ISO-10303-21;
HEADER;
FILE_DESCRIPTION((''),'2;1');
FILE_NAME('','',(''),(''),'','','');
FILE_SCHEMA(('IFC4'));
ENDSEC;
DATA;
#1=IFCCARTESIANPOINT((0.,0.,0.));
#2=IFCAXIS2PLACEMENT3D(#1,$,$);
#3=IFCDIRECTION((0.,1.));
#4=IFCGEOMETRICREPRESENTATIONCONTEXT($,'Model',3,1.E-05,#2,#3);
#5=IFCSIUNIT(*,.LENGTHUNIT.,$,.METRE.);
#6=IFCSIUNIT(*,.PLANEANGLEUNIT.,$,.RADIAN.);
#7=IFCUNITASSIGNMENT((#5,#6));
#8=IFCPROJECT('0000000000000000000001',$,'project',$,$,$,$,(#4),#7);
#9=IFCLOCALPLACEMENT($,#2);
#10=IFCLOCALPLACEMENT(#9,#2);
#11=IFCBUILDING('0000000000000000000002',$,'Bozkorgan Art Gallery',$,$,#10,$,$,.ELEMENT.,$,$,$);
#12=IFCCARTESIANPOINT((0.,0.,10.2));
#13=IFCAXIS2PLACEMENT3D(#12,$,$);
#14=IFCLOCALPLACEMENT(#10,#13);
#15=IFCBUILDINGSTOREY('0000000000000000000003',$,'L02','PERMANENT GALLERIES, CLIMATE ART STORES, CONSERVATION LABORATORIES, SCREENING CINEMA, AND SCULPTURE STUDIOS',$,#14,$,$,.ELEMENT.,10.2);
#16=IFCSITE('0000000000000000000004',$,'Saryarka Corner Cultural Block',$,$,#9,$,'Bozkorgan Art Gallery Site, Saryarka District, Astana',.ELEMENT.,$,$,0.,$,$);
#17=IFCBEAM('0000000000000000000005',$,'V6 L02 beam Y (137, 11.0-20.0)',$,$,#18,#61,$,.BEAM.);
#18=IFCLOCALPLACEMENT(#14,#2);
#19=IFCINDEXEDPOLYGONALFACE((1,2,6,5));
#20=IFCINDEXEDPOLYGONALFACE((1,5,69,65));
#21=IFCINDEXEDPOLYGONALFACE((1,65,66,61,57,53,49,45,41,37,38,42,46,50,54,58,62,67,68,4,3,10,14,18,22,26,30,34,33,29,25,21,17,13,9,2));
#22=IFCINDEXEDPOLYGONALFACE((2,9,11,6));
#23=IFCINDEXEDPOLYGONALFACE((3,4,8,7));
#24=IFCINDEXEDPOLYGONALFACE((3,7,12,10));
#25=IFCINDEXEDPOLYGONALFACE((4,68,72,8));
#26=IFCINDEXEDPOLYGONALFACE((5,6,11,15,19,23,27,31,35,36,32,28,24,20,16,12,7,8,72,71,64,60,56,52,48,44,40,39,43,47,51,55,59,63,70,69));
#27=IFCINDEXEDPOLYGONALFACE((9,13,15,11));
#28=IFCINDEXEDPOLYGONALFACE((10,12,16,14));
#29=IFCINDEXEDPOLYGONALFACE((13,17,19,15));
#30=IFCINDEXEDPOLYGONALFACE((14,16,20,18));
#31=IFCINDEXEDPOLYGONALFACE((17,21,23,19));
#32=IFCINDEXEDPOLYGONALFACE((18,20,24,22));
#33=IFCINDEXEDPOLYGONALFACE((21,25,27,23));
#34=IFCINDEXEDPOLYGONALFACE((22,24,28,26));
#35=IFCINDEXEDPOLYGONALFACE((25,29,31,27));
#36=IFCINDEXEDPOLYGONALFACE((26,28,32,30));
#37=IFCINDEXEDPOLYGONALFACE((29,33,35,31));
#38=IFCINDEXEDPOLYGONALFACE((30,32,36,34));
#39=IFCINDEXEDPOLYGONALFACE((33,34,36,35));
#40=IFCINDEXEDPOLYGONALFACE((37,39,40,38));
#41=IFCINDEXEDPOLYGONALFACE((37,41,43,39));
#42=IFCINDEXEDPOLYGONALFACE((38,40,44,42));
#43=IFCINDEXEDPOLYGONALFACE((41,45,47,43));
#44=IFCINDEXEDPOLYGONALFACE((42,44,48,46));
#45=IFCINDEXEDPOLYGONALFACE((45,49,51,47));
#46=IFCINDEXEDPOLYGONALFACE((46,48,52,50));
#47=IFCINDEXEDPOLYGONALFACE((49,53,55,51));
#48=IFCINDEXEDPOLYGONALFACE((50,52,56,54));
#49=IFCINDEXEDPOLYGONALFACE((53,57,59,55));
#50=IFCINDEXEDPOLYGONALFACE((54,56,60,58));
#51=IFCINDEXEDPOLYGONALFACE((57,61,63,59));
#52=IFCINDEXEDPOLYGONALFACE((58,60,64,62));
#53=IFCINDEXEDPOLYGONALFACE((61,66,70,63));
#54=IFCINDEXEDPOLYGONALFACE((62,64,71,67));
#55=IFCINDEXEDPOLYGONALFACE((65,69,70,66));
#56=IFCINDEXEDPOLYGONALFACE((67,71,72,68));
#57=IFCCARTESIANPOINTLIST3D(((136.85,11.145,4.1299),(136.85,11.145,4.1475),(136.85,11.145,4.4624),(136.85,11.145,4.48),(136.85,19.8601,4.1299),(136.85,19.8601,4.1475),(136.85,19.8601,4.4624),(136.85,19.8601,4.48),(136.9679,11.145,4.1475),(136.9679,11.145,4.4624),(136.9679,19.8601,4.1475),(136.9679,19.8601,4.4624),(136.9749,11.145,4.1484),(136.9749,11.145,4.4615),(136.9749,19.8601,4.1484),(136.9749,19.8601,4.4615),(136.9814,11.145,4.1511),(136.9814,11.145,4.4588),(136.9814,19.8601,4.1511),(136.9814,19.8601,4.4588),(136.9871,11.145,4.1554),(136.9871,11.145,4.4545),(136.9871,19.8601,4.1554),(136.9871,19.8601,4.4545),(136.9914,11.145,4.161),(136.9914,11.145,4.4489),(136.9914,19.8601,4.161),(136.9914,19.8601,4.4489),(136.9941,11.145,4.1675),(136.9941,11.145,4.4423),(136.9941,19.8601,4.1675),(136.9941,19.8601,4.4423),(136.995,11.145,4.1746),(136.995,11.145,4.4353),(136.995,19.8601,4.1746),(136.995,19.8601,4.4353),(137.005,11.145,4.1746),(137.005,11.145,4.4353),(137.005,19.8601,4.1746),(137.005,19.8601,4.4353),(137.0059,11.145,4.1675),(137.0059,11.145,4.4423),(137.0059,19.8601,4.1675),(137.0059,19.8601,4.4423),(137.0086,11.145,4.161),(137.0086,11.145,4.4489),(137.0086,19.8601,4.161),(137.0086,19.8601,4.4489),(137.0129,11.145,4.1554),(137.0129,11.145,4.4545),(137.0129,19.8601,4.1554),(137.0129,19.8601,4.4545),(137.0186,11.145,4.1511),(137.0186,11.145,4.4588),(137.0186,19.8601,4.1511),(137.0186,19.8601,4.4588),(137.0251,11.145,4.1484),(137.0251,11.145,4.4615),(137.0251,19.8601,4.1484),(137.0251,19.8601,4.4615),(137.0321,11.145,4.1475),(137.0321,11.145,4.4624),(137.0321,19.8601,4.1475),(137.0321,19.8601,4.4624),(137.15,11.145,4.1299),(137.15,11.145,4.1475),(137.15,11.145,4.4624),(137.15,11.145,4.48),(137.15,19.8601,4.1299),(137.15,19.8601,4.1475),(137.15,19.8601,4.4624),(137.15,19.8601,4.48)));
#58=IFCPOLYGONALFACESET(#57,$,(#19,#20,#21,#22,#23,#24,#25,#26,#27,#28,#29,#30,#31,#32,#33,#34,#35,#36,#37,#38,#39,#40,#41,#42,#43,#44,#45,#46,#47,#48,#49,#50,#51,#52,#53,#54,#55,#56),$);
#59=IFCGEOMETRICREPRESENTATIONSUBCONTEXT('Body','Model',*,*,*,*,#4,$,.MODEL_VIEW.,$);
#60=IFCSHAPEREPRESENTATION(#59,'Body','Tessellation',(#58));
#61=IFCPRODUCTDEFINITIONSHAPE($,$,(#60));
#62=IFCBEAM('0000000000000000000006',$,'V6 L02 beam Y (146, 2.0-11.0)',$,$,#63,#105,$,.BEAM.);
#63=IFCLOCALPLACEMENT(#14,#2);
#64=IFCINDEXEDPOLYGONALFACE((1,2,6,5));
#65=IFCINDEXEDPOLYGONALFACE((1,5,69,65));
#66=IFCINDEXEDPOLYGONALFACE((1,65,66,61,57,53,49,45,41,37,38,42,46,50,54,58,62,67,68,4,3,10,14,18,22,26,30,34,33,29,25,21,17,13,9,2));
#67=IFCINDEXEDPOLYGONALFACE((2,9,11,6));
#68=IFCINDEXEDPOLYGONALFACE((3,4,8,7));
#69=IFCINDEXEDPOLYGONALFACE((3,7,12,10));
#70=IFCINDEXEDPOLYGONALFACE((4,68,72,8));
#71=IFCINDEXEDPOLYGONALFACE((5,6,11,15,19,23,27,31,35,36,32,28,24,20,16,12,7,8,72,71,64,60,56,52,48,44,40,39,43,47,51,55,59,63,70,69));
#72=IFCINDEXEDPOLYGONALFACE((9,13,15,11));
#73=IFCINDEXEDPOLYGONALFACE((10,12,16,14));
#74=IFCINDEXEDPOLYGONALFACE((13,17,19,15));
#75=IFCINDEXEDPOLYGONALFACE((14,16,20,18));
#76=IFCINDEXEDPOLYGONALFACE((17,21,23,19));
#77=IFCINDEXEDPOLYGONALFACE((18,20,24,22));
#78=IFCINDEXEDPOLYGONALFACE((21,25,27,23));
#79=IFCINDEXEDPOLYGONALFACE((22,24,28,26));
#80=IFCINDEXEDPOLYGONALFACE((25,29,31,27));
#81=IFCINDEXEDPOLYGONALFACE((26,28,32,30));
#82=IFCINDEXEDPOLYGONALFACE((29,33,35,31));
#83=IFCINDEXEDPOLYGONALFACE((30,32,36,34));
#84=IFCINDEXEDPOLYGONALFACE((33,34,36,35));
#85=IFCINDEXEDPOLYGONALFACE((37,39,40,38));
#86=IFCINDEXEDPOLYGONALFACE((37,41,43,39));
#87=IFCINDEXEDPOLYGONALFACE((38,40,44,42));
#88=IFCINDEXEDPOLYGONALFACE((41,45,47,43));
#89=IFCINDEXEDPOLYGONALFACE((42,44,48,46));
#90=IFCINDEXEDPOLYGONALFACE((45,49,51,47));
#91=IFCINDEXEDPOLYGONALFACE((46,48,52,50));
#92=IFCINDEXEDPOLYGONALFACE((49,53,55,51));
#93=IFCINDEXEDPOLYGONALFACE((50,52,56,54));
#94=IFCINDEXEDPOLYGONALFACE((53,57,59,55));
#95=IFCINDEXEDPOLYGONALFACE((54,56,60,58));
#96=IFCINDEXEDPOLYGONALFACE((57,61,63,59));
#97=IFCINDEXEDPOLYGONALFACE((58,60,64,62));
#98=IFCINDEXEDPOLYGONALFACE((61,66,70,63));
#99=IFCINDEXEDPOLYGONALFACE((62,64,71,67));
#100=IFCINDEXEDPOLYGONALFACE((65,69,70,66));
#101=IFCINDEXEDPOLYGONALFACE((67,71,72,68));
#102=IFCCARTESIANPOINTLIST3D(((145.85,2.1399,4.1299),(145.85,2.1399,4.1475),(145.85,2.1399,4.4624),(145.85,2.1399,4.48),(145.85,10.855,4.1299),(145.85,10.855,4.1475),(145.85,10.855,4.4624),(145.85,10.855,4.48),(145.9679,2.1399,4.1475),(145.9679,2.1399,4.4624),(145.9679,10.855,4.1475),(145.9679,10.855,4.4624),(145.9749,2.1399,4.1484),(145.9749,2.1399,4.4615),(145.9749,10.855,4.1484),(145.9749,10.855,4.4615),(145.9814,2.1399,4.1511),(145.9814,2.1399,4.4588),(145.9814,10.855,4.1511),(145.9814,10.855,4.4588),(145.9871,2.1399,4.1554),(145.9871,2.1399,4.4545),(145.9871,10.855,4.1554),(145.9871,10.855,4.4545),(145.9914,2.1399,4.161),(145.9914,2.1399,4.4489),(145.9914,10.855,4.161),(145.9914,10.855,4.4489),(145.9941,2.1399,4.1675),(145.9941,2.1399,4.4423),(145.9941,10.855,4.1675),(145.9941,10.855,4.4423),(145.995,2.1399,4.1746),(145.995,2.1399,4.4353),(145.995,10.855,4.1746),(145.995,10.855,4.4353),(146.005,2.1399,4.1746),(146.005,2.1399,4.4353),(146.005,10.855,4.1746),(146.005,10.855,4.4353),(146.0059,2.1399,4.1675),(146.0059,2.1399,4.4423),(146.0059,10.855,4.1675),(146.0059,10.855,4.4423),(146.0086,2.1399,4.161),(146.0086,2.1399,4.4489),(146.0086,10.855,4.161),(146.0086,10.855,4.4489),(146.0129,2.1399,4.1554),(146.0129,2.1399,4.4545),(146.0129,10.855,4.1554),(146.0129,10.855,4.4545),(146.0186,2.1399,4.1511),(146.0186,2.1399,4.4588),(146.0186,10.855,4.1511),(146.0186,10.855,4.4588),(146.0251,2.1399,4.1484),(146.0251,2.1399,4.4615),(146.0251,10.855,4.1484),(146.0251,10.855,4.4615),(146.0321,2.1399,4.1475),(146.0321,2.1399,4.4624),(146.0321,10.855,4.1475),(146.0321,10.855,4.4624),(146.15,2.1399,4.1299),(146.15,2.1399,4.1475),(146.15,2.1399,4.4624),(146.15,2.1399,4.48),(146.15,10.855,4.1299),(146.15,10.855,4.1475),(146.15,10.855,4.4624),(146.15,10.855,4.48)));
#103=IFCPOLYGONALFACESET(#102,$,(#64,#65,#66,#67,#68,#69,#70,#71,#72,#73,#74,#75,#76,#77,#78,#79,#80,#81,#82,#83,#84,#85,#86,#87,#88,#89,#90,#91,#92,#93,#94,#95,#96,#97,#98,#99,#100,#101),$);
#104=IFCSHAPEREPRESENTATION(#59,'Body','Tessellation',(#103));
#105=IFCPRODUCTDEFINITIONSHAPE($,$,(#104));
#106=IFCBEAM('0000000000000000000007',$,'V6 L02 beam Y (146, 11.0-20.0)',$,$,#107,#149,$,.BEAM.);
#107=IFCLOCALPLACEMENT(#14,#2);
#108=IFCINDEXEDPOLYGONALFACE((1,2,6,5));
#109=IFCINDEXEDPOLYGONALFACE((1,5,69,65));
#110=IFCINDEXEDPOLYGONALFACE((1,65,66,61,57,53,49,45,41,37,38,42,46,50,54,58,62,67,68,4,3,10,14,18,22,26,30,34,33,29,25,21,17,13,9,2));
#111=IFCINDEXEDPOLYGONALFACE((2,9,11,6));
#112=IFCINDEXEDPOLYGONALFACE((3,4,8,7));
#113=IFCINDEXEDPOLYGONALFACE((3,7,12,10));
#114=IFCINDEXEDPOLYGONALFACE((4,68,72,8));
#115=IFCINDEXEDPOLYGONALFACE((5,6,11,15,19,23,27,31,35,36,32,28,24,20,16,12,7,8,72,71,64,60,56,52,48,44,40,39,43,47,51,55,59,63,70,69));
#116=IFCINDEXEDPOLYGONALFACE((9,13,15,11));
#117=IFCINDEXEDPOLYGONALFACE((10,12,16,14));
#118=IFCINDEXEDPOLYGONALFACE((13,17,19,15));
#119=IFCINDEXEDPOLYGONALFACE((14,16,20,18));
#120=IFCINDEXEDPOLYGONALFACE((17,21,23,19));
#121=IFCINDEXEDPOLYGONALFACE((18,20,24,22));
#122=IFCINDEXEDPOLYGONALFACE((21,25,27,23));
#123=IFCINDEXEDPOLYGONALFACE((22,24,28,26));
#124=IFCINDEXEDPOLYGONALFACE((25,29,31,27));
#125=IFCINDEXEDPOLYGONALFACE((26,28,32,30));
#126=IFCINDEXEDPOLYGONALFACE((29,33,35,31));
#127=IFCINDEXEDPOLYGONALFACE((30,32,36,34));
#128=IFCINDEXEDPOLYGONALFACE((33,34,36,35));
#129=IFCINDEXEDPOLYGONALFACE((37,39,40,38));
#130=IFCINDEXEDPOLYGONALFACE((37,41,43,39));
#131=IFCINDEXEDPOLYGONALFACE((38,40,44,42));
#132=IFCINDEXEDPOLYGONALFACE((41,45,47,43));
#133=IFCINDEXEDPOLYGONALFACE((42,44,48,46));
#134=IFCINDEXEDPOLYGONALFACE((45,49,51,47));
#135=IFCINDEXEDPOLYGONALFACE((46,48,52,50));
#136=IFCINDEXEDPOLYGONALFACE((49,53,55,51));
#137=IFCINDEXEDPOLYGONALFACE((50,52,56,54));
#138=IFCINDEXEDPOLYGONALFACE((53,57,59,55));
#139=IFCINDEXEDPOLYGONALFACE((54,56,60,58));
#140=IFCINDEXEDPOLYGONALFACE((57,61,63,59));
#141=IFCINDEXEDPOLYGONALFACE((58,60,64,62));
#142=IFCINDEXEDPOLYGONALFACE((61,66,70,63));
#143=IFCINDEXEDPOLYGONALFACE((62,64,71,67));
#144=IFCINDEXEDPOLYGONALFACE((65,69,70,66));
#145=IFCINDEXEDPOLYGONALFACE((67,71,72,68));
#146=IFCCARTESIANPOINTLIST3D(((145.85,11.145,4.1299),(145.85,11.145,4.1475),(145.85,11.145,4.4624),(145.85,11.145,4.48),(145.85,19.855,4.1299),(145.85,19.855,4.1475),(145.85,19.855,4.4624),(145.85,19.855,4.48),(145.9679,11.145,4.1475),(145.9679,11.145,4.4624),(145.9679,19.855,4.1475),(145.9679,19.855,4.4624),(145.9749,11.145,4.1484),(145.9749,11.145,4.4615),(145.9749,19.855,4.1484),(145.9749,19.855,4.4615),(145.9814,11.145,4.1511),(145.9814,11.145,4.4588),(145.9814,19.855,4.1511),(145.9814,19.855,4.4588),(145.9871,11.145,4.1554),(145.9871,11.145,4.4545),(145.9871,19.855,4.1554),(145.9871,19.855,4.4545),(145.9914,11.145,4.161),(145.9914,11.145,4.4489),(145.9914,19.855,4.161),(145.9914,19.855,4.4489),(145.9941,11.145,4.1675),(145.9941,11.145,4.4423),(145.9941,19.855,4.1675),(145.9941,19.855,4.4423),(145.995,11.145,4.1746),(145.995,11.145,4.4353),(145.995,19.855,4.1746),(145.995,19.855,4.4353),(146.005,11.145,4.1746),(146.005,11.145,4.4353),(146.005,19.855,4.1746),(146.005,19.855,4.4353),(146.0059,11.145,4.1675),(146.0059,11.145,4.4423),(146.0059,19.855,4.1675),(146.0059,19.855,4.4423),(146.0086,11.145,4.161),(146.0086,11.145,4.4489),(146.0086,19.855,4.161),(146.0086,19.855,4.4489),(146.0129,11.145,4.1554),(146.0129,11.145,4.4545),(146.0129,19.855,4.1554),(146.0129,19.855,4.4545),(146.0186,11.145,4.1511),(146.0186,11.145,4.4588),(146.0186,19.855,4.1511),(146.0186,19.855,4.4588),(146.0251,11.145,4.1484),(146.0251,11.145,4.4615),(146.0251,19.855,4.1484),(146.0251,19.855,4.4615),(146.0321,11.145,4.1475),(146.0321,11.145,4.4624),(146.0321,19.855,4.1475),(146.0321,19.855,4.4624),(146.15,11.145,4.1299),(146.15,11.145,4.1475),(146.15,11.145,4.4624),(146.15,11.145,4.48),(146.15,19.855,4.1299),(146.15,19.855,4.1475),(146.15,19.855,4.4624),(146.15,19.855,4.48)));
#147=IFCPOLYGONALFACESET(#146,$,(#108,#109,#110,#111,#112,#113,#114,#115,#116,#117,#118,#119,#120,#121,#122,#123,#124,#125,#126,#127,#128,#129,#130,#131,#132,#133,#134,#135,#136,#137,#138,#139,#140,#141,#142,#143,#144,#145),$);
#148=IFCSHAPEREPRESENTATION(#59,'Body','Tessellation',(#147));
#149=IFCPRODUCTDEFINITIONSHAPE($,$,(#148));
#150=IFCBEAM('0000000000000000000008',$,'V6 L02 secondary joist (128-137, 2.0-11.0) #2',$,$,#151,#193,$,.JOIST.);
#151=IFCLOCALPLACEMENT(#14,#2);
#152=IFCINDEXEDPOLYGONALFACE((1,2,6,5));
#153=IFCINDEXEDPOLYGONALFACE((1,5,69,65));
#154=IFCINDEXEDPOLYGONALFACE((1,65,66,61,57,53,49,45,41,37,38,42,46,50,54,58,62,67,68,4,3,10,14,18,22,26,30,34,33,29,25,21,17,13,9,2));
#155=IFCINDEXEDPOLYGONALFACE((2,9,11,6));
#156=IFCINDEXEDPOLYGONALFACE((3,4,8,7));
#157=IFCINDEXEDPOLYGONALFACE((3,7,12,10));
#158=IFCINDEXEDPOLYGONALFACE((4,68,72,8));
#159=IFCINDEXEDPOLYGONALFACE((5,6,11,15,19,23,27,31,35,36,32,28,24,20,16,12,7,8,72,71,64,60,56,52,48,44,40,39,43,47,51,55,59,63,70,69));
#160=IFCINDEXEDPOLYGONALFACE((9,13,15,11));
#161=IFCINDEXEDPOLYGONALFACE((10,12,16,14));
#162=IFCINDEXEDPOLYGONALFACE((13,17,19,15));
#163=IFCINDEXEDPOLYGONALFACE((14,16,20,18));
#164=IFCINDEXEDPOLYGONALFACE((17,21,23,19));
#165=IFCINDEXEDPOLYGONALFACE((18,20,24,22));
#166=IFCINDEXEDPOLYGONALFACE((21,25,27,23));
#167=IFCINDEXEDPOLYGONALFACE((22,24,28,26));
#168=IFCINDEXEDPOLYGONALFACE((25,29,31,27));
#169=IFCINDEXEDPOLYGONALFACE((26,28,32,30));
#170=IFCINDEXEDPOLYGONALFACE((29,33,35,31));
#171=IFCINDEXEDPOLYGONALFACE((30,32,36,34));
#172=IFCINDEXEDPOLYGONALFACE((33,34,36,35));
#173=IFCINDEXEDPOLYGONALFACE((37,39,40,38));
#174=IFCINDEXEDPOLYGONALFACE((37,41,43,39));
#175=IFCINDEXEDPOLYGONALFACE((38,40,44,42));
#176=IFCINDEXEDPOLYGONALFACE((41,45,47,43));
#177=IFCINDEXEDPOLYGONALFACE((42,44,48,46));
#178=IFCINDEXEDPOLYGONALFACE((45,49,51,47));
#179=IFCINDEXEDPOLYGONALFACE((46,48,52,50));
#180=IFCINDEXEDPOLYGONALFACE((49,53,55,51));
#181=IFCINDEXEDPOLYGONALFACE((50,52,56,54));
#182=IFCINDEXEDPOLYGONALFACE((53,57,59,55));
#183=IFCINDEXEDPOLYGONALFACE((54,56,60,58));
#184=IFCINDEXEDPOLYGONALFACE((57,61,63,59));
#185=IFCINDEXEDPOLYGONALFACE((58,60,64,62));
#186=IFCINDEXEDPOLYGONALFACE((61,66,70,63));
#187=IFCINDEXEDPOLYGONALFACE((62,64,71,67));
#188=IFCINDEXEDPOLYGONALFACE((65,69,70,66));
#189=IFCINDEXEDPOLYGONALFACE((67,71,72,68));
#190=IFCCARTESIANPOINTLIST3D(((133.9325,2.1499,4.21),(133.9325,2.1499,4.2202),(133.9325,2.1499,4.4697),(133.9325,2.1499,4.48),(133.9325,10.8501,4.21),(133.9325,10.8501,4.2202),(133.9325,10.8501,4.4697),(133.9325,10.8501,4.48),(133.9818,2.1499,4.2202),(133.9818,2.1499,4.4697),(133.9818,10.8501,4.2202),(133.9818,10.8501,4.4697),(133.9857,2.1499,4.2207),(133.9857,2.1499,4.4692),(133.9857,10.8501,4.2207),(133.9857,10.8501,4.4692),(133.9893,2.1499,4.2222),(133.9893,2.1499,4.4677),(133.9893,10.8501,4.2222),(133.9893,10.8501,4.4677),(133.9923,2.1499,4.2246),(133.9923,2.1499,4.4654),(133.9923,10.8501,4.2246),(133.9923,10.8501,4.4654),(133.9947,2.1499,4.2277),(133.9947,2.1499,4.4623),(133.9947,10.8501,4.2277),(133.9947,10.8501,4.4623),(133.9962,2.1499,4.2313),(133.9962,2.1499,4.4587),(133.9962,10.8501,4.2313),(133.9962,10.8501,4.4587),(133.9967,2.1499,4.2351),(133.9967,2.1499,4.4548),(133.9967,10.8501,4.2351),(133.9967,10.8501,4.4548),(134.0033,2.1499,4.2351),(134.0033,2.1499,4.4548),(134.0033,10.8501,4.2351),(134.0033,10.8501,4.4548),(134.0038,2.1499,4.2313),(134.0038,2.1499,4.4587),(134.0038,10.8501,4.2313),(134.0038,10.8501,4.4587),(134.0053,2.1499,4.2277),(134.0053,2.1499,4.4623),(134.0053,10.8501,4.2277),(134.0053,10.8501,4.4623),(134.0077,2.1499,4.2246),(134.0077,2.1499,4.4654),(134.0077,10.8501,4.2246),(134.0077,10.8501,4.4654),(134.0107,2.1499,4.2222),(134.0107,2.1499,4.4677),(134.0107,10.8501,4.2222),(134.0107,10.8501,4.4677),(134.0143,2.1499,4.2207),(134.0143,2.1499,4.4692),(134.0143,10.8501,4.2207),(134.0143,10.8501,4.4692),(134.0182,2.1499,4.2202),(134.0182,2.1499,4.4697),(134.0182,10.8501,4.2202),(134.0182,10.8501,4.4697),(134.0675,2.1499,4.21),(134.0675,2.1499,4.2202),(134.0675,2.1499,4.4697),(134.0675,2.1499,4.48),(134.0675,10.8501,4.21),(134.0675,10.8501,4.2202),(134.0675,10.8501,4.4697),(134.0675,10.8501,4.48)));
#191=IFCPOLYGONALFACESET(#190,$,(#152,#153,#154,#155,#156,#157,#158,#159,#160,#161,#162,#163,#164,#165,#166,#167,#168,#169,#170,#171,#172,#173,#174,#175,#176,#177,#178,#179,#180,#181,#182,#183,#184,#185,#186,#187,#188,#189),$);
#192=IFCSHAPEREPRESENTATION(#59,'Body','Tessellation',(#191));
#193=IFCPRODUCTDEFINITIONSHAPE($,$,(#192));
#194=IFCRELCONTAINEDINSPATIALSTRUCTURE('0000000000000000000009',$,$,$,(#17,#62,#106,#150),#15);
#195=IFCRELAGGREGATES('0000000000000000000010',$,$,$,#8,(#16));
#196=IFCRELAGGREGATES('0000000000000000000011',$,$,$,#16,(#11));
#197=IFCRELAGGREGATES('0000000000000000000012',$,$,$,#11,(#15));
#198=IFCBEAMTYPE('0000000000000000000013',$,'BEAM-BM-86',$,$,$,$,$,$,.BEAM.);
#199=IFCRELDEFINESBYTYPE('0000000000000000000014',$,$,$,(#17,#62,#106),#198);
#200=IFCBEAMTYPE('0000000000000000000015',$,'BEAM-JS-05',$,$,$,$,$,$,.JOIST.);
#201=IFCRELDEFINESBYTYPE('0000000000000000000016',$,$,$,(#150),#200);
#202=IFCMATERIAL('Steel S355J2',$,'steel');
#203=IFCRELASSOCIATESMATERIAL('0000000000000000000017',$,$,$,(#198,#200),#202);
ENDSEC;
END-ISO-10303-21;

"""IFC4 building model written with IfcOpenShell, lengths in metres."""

from ifc_helpers import new_model, si_unit, direction, frame, origin, origin_2d, place, context, subcontext, project, spatial, i_section, extrude, material, material_profile, profile_set, type_object, element, save


model = new_model("IFC4")

# Units and contexts
model_context = context("Model", 3, precision=1e-05, world=origin(), true_north=direction((0.0, 1.0)))
body_context = subcontext(model_context, "Body", "Model", "MODEL_VIEW")
ifc_project = project(units=[si_unit("LENGTHUNIT", "METRE"), si_unit("PLANEANGLEUNIT", "RADIAN")], contexts=[model_context])

# Site, building, storey
site_placement = place(None, origin())
site = spatial("IfcSite", under=ifc_project, at=site_placement, Name="Saryarka Corner Cultural Block", LongName="Bozkorgan Art Gallery Site, Saryarka District, Astana", CompositionType="ELEMENT", RefElevation=0.0)
building_placement = place(site_placement, origin())
building = spatial("IfcBuilding", under=site, at=building_placement, Name="Bozkorgan Art Gallery", CompositionType="ELEMENT")
storey_placement = place(building_placement, frame((0.0, 0.0, 10.2)))
storey = spatial("IfcBuildingStorey", under=building, at=storey_placement, Name="L02", Description="PERMANENT GALLERIES, CLIMATE ART STORES, CONSERVATION LABORATORIES, SCREENING CINEMA, AND SCULPTURE STUDIOS", CompositionType="ELEMENT", Elevation=10.2)

# Shared definitions
ifc_material_1 = material(Name="Steel S355J2", Category="steel")

# Beams
ifc_material_profile_1 = material_profile(ifc_material_1, i_section(OverallWidth=0.3, OverallDepth=0.3501, WebThickness=0.01, FlangeThickness=0.0176, FilletRadius=0.0271, at=origin_2d()), Name="HEA 360")
ifc_profile_set_1 = profile_set([ifc_material_profile_1], Name="Steel S355J2")
beam_type_1 = type_object("IfcBeamType", Name="BEAM-BM-86", PredefinedType="BEAM", material=ifc_profile_set_1)
for number, where, z_axis, x_axis, name in (
    (1, (137.0, 11.145, 4.3049), (0.0, 1.0, 0.0), (-1.0, 0.0, 0.0), "V6 L02 beam Y (137, 11.0-20.0)"),
    (2, (146.0, 2.1399, 4.3049), (0.0, 1.0, 0.0), (-1.0, 0.0, 0.0), "V6 L02 beam Y (146, 2.0-11.0)"),
):
    element("IfcBeam", number, at=place(storey_placement, frame(where, z_axis=z_axis, x_axis=x_axis)), inside=storey, type_object=beam_type_1, Name=name, PredefinedType="BEAM", context=body_context, shape_type="SweptSolid", body=[
        extrude(i_section(OverallWidth=0.3, OverallDepth=0.3501, WebThickness=0.01, FlangeThickness=0.0176, FilletRadius=0.0271, at=origin_2d()), origin(), (0.0, 0.0, 1.0), 8.7151),
    ])
beam_1_placement = place(storey_placement, frame((146.0, 11.145, 4.3049), z_axis=(0.0, 1.0, 0.0), x_axis=(-1.0, 0.0, 0.0)))
element("IfcBeam", 3, at=beam_1_placement, inside=storey, type_object=beam_type_1, Name="V6 L02 beam Y (146, 11.0-20.0)", PredefinedType="BEAM", context=body_context, shape_type="SweptSolid", body=[
    extrude(i_section(OverallWidth=0.3, OverallDepth=0.3501, WebThickness=0.01, FlangeThickness=0.0176, FilletRadius=0.0271, at=origin_2d()), origin(), (0.0, 0.0, 1.0), 8.71),
])
ifc_material_profile_2 = material_profile(ifc_material_1, i_section(OverallWidth=0.135, OverallDepth=0.27, WebThickness=0.0066, FlangeThickness=0.0103, FilletRadius=0.0149, at=origin_2d()), Name="IPE 270")
ifc_profile_set_2 = profile_set([ifc_material_profile_2], Name="Steel S355J2")
beam_type_2 = type_object("IfcBeamType", Name="BEAM-JS-05", PredefinedType="JOIST", material=ifc_profile_set_2)
for number, where, z_axis, x_axis, name in (
    (4, (134.0, 2.1499, 4.345), (0.0, 1.0, 0.0), (-1.0, 0.0, 0.0), "V6 L02 secondary joist (128-137, 2.0-11.0) #2"),
):
    element("IfcBeam", number, at=place(storey_placement, frame(where, z_axis=z_axis, x_axis=x_axis)), inside=storey, type_object=beam_type_2, Name=name, PredefinedType="JOIST", context=body_context, shape_type="SweptSolid", body=[
        extrude(i_section(OverallWidth=0.135, OverallDepth=0.27, WebThickness=0.0066, FlangeThickness=0.0103, FilletRadius=0.0149, at=origin_2d()), origin(), (0.0, 0.0, 1.0), 8.7002),
    ])

save(model, "model.ifc")
